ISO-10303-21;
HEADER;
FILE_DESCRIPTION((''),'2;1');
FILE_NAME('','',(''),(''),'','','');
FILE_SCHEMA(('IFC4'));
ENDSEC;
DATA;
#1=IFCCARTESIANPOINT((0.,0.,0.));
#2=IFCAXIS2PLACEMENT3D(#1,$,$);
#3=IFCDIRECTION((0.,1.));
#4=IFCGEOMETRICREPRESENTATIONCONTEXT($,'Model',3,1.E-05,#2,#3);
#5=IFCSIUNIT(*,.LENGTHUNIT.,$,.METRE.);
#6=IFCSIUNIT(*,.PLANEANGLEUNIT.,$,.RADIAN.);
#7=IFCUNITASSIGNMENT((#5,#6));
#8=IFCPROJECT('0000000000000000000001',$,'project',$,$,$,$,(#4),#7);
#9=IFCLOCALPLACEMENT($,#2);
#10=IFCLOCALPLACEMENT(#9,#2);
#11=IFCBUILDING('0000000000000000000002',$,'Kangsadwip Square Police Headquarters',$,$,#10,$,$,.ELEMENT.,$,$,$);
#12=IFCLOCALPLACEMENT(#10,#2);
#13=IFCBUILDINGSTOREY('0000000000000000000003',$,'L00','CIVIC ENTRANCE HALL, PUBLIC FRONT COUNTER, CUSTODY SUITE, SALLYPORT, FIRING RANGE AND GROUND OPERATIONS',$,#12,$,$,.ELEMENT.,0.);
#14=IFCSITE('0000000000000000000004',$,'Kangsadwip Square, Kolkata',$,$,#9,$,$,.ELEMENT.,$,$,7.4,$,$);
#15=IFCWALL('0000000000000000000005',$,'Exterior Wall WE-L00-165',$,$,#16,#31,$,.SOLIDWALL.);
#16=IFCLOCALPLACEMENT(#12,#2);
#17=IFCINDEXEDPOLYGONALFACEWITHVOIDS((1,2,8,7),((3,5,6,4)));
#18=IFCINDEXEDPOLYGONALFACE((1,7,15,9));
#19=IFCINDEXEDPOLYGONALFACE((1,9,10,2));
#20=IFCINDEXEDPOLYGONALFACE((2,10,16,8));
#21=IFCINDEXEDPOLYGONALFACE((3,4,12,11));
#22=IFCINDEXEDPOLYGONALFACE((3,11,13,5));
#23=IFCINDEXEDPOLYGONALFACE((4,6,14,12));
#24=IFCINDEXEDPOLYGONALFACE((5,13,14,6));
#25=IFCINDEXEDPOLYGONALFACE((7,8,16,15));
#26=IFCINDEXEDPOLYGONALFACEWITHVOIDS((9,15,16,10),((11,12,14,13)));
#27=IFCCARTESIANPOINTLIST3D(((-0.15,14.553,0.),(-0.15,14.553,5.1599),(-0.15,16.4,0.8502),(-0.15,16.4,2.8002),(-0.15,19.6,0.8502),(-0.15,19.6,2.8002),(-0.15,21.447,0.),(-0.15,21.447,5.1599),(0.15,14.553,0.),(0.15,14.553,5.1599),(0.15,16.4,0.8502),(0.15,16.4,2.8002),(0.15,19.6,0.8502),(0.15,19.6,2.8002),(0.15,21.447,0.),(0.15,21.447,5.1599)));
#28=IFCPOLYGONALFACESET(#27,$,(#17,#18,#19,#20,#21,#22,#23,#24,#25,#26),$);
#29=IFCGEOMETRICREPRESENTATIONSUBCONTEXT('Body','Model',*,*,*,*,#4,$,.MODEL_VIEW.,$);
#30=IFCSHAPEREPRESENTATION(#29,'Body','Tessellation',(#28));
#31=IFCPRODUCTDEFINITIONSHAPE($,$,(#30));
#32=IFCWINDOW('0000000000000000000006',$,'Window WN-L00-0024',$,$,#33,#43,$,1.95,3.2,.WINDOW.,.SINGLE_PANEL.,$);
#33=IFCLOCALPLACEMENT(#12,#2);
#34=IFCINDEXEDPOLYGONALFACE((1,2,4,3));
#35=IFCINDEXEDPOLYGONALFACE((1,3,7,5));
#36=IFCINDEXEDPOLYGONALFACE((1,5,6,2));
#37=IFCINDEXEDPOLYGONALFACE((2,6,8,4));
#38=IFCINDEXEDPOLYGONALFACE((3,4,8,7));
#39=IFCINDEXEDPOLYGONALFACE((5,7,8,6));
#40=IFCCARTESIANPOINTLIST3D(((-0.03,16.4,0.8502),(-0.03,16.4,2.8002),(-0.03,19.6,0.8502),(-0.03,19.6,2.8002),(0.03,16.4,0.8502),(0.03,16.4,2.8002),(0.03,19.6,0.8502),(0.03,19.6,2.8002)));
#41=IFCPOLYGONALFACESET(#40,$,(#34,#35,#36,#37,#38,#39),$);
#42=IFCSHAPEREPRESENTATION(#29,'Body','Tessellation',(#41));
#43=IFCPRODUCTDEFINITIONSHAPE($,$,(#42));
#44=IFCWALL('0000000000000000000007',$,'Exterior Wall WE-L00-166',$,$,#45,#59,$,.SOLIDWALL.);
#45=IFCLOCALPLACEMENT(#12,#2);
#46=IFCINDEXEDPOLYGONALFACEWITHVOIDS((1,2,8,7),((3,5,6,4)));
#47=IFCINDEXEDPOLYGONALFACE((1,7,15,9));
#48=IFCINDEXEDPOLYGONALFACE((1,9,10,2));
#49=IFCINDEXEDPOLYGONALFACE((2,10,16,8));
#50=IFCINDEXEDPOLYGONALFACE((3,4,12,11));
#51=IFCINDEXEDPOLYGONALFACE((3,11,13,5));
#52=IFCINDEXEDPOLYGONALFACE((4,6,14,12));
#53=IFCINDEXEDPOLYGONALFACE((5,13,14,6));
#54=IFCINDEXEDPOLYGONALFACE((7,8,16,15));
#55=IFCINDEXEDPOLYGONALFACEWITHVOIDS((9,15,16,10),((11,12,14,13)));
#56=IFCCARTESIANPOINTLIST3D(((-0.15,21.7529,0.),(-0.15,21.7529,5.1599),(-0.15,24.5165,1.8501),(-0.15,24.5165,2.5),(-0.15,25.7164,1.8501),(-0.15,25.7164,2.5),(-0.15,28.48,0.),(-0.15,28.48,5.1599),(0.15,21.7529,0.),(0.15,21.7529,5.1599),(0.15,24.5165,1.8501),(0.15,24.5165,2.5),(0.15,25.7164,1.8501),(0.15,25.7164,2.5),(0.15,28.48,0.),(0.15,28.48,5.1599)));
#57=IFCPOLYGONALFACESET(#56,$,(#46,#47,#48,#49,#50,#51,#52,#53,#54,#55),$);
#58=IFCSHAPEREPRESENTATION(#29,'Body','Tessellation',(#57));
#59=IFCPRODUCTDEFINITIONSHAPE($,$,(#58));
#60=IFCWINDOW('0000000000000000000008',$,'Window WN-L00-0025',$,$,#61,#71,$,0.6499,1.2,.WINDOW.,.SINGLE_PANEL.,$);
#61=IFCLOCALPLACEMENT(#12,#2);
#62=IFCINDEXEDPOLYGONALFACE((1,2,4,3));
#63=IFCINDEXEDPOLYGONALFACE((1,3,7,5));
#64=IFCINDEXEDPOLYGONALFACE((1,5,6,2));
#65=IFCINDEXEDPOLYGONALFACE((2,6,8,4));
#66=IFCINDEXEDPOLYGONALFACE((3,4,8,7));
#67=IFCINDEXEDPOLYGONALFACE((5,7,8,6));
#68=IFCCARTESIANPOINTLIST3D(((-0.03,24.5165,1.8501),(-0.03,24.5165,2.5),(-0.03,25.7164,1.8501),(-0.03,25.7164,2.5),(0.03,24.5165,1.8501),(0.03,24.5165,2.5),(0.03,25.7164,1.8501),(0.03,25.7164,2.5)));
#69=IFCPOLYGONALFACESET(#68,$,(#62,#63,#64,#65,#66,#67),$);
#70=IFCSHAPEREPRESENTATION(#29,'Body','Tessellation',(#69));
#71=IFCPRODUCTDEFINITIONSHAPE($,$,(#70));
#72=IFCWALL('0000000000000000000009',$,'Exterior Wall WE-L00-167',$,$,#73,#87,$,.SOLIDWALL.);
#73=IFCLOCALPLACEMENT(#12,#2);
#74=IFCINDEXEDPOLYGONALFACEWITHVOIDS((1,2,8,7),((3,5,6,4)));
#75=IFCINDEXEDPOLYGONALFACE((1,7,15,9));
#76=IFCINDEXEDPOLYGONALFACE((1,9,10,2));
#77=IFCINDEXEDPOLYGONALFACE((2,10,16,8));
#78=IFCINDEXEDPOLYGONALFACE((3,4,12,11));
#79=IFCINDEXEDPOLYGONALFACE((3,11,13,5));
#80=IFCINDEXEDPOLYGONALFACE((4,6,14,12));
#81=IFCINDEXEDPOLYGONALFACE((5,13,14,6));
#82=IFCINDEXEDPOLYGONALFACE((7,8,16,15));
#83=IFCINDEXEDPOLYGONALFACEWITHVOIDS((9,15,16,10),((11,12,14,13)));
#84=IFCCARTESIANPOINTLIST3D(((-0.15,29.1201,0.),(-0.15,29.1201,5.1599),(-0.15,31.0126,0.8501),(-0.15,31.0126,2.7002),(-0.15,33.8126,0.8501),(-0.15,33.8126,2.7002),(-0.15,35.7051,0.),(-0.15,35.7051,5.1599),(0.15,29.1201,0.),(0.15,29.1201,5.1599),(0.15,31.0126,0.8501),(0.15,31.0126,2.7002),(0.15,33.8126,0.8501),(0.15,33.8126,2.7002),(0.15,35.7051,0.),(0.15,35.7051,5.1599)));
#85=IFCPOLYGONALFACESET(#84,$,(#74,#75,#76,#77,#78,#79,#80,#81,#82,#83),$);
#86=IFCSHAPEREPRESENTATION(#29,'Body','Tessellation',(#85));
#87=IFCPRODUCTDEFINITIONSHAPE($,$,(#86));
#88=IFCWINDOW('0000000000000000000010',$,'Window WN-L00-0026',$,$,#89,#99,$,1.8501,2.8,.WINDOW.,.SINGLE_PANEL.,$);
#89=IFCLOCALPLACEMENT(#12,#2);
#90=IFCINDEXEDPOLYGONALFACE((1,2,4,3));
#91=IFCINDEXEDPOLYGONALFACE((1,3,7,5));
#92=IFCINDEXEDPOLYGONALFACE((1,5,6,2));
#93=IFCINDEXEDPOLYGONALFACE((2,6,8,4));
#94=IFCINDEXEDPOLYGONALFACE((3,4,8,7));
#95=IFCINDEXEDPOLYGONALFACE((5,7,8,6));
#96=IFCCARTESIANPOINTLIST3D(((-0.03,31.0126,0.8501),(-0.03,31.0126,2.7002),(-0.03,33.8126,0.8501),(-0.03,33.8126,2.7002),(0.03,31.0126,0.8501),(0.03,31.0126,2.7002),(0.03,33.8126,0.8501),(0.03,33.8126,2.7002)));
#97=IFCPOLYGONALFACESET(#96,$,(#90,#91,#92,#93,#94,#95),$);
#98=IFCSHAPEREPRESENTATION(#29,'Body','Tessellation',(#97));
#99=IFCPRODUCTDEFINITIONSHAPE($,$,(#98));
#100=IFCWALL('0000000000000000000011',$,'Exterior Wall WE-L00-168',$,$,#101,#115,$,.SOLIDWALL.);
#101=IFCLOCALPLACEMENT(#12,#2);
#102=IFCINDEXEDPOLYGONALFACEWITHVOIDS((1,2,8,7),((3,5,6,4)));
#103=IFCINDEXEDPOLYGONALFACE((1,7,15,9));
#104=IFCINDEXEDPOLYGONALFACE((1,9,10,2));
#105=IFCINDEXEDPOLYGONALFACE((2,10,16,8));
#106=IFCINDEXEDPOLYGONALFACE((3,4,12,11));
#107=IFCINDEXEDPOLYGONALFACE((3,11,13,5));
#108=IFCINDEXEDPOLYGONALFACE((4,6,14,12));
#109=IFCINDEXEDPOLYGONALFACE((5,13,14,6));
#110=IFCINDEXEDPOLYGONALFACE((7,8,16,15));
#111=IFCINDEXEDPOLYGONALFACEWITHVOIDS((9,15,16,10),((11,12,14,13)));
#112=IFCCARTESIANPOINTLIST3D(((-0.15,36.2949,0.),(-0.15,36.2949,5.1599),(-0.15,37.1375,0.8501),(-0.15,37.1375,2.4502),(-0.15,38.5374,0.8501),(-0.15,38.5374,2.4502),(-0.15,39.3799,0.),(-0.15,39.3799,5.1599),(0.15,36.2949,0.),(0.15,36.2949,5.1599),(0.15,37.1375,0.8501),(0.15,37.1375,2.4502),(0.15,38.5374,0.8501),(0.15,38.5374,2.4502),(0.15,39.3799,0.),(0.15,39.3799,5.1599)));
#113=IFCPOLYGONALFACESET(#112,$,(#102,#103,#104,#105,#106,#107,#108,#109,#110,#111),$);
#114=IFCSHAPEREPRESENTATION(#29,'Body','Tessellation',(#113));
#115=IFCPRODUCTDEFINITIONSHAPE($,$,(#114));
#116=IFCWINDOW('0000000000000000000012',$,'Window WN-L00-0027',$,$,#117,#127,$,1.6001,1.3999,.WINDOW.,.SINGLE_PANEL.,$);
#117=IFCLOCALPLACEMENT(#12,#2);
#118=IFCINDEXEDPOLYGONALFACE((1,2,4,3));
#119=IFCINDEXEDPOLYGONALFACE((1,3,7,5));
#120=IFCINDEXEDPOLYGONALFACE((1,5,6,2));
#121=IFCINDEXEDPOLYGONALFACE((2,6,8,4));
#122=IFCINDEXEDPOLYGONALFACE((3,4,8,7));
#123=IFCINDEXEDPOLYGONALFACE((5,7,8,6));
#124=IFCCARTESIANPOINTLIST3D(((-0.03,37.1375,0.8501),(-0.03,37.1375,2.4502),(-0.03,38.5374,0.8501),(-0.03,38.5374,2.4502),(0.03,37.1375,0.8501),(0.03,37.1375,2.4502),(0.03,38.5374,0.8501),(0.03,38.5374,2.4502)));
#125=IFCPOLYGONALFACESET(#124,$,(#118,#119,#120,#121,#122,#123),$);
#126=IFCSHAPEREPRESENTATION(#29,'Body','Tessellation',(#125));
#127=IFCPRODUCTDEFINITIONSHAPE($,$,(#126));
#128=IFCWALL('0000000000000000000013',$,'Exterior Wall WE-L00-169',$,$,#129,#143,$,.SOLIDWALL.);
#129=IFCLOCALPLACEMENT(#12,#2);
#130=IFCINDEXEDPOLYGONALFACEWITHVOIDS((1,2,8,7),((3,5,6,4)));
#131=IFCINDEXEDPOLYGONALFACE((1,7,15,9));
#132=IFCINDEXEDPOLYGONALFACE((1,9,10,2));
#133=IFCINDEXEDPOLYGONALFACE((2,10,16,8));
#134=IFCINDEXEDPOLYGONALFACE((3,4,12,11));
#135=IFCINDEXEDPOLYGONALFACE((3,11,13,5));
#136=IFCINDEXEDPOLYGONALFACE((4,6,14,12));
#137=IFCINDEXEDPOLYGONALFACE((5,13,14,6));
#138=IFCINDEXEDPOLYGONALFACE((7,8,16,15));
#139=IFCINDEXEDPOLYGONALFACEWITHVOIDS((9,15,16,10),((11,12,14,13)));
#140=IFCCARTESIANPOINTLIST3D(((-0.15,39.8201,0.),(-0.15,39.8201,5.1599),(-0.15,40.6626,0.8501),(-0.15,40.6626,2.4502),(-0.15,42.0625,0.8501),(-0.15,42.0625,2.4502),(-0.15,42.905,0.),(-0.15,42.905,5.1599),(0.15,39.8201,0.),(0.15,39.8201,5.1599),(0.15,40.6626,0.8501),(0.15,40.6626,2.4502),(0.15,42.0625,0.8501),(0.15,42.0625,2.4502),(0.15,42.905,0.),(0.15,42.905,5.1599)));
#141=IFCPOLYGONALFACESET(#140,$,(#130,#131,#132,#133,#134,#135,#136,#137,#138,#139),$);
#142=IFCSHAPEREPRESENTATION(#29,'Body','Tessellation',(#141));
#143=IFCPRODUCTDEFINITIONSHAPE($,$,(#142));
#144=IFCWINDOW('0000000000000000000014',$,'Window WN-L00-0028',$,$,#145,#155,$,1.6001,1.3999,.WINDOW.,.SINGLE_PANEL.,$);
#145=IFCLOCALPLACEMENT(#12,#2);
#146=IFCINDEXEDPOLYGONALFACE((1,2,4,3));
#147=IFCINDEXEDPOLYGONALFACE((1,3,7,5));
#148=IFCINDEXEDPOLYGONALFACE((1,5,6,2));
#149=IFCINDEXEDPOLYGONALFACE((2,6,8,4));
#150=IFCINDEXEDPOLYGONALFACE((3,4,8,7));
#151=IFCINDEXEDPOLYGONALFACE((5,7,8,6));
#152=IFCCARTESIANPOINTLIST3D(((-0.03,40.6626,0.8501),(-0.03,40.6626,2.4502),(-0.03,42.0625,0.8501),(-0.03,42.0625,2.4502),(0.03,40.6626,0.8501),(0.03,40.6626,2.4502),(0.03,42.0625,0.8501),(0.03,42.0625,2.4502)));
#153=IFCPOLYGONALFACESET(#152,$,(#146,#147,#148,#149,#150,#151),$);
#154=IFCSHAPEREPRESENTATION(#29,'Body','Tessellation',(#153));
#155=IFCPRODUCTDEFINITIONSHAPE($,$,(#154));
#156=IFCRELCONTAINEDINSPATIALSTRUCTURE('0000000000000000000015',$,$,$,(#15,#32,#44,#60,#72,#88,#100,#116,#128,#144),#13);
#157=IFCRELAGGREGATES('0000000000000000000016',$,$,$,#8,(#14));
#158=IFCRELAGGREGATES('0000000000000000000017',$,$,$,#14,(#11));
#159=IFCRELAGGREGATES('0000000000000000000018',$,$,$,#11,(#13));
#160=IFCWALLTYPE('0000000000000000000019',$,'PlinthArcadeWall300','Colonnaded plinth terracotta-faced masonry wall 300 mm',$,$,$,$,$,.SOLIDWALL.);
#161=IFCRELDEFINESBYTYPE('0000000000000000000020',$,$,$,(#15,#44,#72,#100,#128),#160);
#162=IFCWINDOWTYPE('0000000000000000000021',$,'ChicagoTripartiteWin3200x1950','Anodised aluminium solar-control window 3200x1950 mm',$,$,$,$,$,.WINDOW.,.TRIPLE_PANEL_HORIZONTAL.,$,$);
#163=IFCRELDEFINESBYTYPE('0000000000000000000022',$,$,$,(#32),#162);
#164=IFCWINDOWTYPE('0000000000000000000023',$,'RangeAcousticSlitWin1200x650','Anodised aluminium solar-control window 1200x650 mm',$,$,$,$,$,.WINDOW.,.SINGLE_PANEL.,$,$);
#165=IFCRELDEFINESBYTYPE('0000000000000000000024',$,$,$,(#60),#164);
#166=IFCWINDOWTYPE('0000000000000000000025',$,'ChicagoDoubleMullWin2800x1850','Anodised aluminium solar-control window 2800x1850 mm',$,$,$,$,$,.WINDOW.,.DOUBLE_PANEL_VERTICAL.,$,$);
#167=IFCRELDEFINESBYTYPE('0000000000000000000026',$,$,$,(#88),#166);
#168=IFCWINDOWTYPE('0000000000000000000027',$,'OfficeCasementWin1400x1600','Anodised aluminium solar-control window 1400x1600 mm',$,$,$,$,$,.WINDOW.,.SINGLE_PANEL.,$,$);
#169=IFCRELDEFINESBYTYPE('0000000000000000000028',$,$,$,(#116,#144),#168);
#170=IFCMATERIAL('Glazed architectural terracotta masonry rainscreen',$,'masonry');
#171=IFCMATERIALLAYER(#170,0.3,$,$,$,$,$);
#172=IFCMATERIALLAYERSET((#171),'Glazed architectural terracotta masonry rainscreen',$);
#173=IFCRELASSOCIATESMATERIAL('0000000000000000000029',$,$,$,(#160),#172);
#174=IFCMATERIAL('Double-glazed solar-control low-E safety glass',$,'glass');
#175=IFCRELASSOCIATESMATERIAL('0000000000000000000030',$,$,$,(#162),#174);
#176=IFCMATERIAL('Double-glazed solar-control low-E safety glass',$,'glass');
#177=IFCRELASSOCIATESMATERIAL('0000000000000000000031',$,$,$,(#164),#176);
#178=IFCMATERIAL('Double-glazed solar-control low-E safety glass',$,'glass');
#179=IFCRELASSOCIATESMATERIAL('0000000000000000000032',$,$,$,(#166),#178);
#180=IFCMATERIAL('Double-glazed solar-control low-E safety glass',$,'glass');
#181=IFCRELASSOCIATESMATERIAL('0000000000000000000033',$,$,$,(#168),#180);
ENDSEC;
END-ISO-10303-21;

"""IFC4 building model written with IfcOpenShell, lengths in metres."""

from ifc_helpers import new_model, si_unit, direction, frame, frame_2d, origin, place, context, subcontext, project, spatial, rectangle, extrude, material, layer, layer_set, type_object, element, fill, save


model = new_model("IFC4")

# Units and contexts
model_context = context("Model", 3, precision=1e-05, world=origin(), true_north=direction((0.0, 1.0)))
body_context = subcontext(model_context, "Body", "Model", "MODEL_VIEW")
ifc_project = project(units=[si_unit("LENGTHUNIT", "METRE"), si_unit("PLANEANGLEUNIT", "RADIAN")], contexts=[model_context])

# Site, building, storey
site_placement = place(None, origin())
site = spatial("IfcSite", under=ifc_project, at=site_placement, Name="Kangsadwip Square, Kolkata", CompositionType="ELEMENT", RefElevation=7.4)
building_placement = place(site_placement, origin())
building = spatial("IfcBuilding", under=site, at=building_placement, Name="Kangsadwip Square Police Headquarters", CompositionType="ELEMENT")
storey_placement = place(building_placement, origin())
storey = spatial("IfcBuildingStorey", under=building, at=storey_placement, Name="L00", Description="CIVIC ENTRANCE HALL, PUBLIC FRONT COUNTER, CUSTODY SUITE, SALLYPORT, FIRING RANGE AND GROUND OPERATIONS", CompositionType="ELEMENT", Elevation=0.0)

# Walls, openings, windows
ifc_material_1 = material(Name="Glazed architectural terracotta masonry rainscreen", Category="masonry")
ifc_layer = layer(ifc_material_1, 0.3)
ifc_layer_set = layer_set([ifc_layer], Name="Glazed architectural terracotta masonry rainscreen")
wall_type = type_object("IfcWallType", Name="PlinthArcadeWall300", Description="Colonnaded plinth terracotta-faced masonry wall 300 mm", PredefinedType="SOLIDWALL", material=ifc_layer_set)
wall_1_placement = place(storey_placement, frame((0.0, 14.553, 0.0), z_axis=(0.0, 0.0, 1.0), x_axis=(0.0, 1.0, 0.0)))
wall_1 = element("IfcWall", 1, at=wall_1_placement, inside=storey, type_object=wall_type, Name="Exterior Wall WE-L00-165", PredefinedType="SOLIDWALL", context=body_context, shape_type="SweptSolid", body=[
    extrude(rectangle(XDim=6.894, YDim=0.3, at=frame_2d((3.447, 0.0))), origin(), (0.0, 0.0, 1.0), 5.1599),
])
opening_1_placement = place(wall_1_placement, frame((1.8469, 0.0, 0.8501)))
opening_1 = element("IfcOpeningElement", 2, at=opening_1_placement, cuts=wall_1, PredefinedType="OPENING", context=body_context, shape_type="SweptSolid", body=[
    extrude(rectangle(XDim=3.2, YDim=1.95, at=frame_2d((1.6001, 0.9751))), frame((0.0, 0.1599, 0.0), z_axis=(0.0, -1.0, 0.0), x_axis=(1.0, 0.0, 0.0)), (0.0, 0.0, 1.0), 0.3201),
])
ifc_material_2 = material(Name="Double-glazed solar-control low-E safety glass", Category="glass")
window_type_1 = type_object("IfcWindowType", Name="ChicagoTripartiteWin3200x1950", Description="Anodised aluminium solar-control window 3200x1950 mm", PartitioningType="TRIPLE_PANEL_HORIZONTAL", PredefinedType="WINDOW", material=ifc_material_2)
window_1_placement = place(opening_1_placement, origin())
window_1 = element("IfcWindow", 3, at=window_1_placement, inside=storey, type_object=window_type_1, Name="Window WN-L00-0024", OverallHeight=1.95, OverallWidth=3.2, PartitioningType="SINGLE_PANEL", PredefinedType="WINDOW", context=body_context, shape_type="SweptSolid", body=[
    extrude(rectangle(XDim=3.2, YDim=1.95, at=frame_2d((1.6001, 0.9751))), frame((0.0, 0.03, 0.0), z_axis=(0.0, -1.0, 0.0), x_axis=(1.0, 0.0, 0.0)), (0.0, 0.0, 1.0), 0.0601),
])
fill(opening_1, window_1)
wall_2_placement = place(storey_placement, frame((0.0, 21.7529, 0.0), z_axis=(0.0, 0.0, 1.0), x_axis=(0.0, 1.0, 0.0)))
wall_2 = element("IfcWall", 4, at=wall_2_placement, inside=storey, type_object=wall_type, Name="Exterior Wall WE-L00-166", PredefinedType="SOLIDWALL", context=body_context, shape_type="SweptSolid", body=[
    extrude(rectangle(XDim=6.7271, YDim=0.3, at=frame_2d((3.3635, 0.0))), origin(), (0.0, 0.0, 1.0), 5.1599),
])
opening_2_placement = place(wall_2_placement, frame((2.7634, 0.0, 1.8501)))
opening_2 = element("IfcOpeningElement", 5, at=opening_2_placement, cuts=wall_2, PredefinedType="OPENING", context=body_context, shape_type="SweptSolid", body=[
    extrude(rectangle(XDim=1.2, YDim=0.6499, at=frame_2d((0.6001, 0.325))), frame((0.0, 0.1599, 0.0), z_axis=(0.0, -1.0, 0.0), x_axis=(1.0, 0.0, 0.0)), (0.0, 0.0, 1.0), 0.3201),
])
ifc_material_3 = material(Name="Double-glazed solar-control low-E safety glass", Category="glass")
window_type_2 = type_object("IfcWindowType", Name="RangeAcousticSlitWin1200x650", Description="Anodised aluminium solar-control window 1200x650 mm", PartitioningType="SINGLE_PANEL", PredefinedType="WINDOW", material=ifc_material_3)
window_2_placement = place(opening_2_placement, origin())
window_2 = element("IfcWindow", 6, at=window_2_placement, inside=storey, type_object=window_type_2, Name="Window WN-L00-0025", OverallHeight=0.6499, OverallWidth=1.2, PartitioningType="SINGLE_PANEL", PredefinedType="WINDOW", context=body_context, shape_type="SweptSolid", body=[
    extrude(rectangle(XDim=1.2, YDim=0.6499, at=frame_2d((0.6001, 0.325))), frame((0.0, 0.03, 0.0), z_axis=(0.0, -1.0, 0.0), x_axis=(1.0, 0.0, 0.0)), (0.0, 0.0, 1.0), 0.0601),
])
fill(opening_2, window_2)
wall_3_placement = place(storey_placement, frame((0.0, 29.1201, 0.0), z_axis=(0.0, 0.0, 1.0), x_axis=(0.0, 1.0, 0.0)))
wall_3 = element("IfcWall", 7, at=wall_3_placement, inside=storey, type_object=wall_type, Name="Exterior Wall WE-L00-167", PredefinedType="SOLIDWALL", context=body_context, shape_type="SweptSolid", body=[
    extrude(rectangle(XDim=6.585, YDim=0.3, at=frame_2d((3.2925, 0.0))), origin(), (0.0, 0.0, 1.0), 5.1599),
])
opening_3_placement = place(wall_3_placement, frame((1.8926, 0.0, 0.8501)))
opening_3 = element("IfcOpeningElement", 8, at=opening_3_placement, cuts=wall_3, PredefinedType="OPENING", context=body_context, shape_type="SweptSolid", body=[
    extrude(rectangle(XDim=2.8, YDim=1.8501, at=frame_2d((1.3999, 0.925))), frame((0.0, 0.1599, 0.0), z_axis=(0.0, -1.0, 0.0), x_axis=(1.0, 0.0, 0.0)), (0.0, 0.0, 1.0), 0.3201),
])
ifc_material_4 = material(Name="Double-glazed solar-control low-E safety glass", Category="glass")
window_type_3 = type_object("IfcWindowType", Name="ChicagoDoubleMullWin2800x1850", Description="Anodised aluminium solar-control window 2800x1850 mm", PartitioningType="DOUBLE_PANEL_VERTICAL", PredefinedType="WINDOW", material=ifc_material_4)
window_3_placement = place(opening_3_placement, origin())
window_3 = element("IfcWindow", 9, at=window_3_placement, inside=storey, type_object=window_type_3, Name="Window WN-L00-0026", OverallHeight=1.8501, OverallWidth=2.8, PartitioningType="SINGLE_PANEL", PredefinedType="WINDOW", context=body_context, shape_type="SweptSolid", body=[
    extrude(rectangle(XDim=2.8, YDim=1.8501, at=frame_2d((1.3999, 0.925))), frame((0.0, 0.03, 0.0), z_axis=(0.0, -1.0, 0.0), x_axis=(1.0, 0.0, 0.0)), (0.0, 0.0, 1.0), 0.0601),
])
fill(opening_3, window_3)
wall_4_placement = place(storey_placement, frame((0.0, 36.2949, 0.0), z_axis=(0.0, 0.0, 1.0), x_axis=(0.0, 1.0, 0.0)))
wall_4 = element("IfcWall", 10, at=wall_4_placement, inside=storey, type_object=wall_type, Name="Exterior Wall WE-L00-168", PredefinedType="SOLIDWALL", context=body_context, shape_type="SweptSolid", body=[
    extrude(rectangle(XDim=3.085, YDim=0.3, at=frame_2d((1.5425, 0.0))), origin(), (0.0, 0.0, 1.0), 5.1599),
])
opening_4_placement = place(wall_4_placement, frame((0.8425, 0.0, 0.8501)))
opening_4 = element("IfcOpeningElement", 11, at=opening_4_placement, cuts=wall_4, PredefinedType="OPENING", context=body_context, shape_type="SweptSolid", body=[
    extrude(rectangle(XDim=1.3999, YDim=1.6001, at=frame_2d((0.7, 0.8))), frame((0.0, 0.1599, 0.0), z_axis=(0.0, -1.0, 0.0), x_axis=(1.0, 0.0, 0.0)), (0.0, 0.0, 1.0), 0.3201),
])
ifc_material_5 = material(Name="Double-glazed solar-control low-E safety glass", Category="glass")
window_type_4 = type_object("IfcWindowType", Name="OfficeCasementWin1400x1600", Description="Anodised aluminium solar-control window 1400x1600 mm", PartitioningType="SINGLE_PANEL", PredefinedType="WINDOW", material=ifc_material_5)
window_4_placement = place(opening_4_placement, origin())
window_4 = element("IfcWindow", 12, at=window_4_placement, inside=storey, type_object=window_type_4, Name="Window WN-L00-0027", OverallHeight=1.6001, OverallWidth=1.3999, PartitioningType="SINGLE_PANEL", PredefinedType="WINDOW", context=body_context, shape_type="SweptSolid", body=[
    extrude(rectangle(XDim=1.3999, YDim=1.6001, at=frame_2d((0.7, 0.8))), frame((0.0, 0.03, 0.0), z_axis=(0.0, -1.0, 0.0), x_axis=(1.0, 0.0, 0.0)), (0.0, 0.0, 1.0), 0.0601),
])
fill(opening_4, window_4)
wall_5_placement = place(storey_placement, frame((0.0, 39.8201, 0.0), z_axis=(0.0, 0.0, 1.0), x_axis=(0.0, 1.0, 0.0)))
wall_5 = element("IfcWall", 13, at=wall_5_placement, inside=storey, type_object=wall_type, Name="Exterior Wall WE-L00-169", PredefinedType="SOLIDWALL", context=body_context, shape_type="SweptSolid", body=[
    extrude(rectangle(XDim=3.085, YDim=0.3, at=frame_2d((1.5425, 0.0))), origin(), (0.0, 0.0, 1.0), 5.1599),
])
opening_5_placement = place(wall_5_placement, frame((0.8425, 0.0, 0.8501)))
opening_5 = element("IfcOpeningElement", 14, at=opening_5_placement, cuts=wall_5, PredefinedType="OPENING", context=body_context, shape_type="SweptSolid", body=[
    extrude(rectangle(XDim=1.3999, YDim=1.6001, at=frame_2d((0.7, 0.8))), frame((0.0, 0.1599, 0.0), z_axis=(0.0, -1.0, 0.0), x_axis=(1.0, 0.0, 0.0)), (0.0, 0.0, 1.0), 0.3201),
])
window_5_placement = place(opening_5_placement, origin())
window_5 = element("IfcWindow", 15, at=window_5_placement, inside=storey, type_object=window_type_4, Name="Window WN-L00-0028", OverallHeight=1.6001, OverallWidth=1.3999, PartitioningType="SINGLE_PANEL", PredefinedType="WINDOW", context=body_context, shape_type="SweptSolid", body=[
    extrude(rectangle(XDim=1.3999, YDim=1.6001, at=frame_2d((0.7, 0.8))), frame((0.0, 0.03, 0.0), z_axis=(0.0, -1.0, 0.0), x_axis=(1.0, 0.0, 0.0)), (0.0, 0.0, 1.0), 0.0601),
])
fill(opening_5, window_5)

save(model, "model.ifc")
